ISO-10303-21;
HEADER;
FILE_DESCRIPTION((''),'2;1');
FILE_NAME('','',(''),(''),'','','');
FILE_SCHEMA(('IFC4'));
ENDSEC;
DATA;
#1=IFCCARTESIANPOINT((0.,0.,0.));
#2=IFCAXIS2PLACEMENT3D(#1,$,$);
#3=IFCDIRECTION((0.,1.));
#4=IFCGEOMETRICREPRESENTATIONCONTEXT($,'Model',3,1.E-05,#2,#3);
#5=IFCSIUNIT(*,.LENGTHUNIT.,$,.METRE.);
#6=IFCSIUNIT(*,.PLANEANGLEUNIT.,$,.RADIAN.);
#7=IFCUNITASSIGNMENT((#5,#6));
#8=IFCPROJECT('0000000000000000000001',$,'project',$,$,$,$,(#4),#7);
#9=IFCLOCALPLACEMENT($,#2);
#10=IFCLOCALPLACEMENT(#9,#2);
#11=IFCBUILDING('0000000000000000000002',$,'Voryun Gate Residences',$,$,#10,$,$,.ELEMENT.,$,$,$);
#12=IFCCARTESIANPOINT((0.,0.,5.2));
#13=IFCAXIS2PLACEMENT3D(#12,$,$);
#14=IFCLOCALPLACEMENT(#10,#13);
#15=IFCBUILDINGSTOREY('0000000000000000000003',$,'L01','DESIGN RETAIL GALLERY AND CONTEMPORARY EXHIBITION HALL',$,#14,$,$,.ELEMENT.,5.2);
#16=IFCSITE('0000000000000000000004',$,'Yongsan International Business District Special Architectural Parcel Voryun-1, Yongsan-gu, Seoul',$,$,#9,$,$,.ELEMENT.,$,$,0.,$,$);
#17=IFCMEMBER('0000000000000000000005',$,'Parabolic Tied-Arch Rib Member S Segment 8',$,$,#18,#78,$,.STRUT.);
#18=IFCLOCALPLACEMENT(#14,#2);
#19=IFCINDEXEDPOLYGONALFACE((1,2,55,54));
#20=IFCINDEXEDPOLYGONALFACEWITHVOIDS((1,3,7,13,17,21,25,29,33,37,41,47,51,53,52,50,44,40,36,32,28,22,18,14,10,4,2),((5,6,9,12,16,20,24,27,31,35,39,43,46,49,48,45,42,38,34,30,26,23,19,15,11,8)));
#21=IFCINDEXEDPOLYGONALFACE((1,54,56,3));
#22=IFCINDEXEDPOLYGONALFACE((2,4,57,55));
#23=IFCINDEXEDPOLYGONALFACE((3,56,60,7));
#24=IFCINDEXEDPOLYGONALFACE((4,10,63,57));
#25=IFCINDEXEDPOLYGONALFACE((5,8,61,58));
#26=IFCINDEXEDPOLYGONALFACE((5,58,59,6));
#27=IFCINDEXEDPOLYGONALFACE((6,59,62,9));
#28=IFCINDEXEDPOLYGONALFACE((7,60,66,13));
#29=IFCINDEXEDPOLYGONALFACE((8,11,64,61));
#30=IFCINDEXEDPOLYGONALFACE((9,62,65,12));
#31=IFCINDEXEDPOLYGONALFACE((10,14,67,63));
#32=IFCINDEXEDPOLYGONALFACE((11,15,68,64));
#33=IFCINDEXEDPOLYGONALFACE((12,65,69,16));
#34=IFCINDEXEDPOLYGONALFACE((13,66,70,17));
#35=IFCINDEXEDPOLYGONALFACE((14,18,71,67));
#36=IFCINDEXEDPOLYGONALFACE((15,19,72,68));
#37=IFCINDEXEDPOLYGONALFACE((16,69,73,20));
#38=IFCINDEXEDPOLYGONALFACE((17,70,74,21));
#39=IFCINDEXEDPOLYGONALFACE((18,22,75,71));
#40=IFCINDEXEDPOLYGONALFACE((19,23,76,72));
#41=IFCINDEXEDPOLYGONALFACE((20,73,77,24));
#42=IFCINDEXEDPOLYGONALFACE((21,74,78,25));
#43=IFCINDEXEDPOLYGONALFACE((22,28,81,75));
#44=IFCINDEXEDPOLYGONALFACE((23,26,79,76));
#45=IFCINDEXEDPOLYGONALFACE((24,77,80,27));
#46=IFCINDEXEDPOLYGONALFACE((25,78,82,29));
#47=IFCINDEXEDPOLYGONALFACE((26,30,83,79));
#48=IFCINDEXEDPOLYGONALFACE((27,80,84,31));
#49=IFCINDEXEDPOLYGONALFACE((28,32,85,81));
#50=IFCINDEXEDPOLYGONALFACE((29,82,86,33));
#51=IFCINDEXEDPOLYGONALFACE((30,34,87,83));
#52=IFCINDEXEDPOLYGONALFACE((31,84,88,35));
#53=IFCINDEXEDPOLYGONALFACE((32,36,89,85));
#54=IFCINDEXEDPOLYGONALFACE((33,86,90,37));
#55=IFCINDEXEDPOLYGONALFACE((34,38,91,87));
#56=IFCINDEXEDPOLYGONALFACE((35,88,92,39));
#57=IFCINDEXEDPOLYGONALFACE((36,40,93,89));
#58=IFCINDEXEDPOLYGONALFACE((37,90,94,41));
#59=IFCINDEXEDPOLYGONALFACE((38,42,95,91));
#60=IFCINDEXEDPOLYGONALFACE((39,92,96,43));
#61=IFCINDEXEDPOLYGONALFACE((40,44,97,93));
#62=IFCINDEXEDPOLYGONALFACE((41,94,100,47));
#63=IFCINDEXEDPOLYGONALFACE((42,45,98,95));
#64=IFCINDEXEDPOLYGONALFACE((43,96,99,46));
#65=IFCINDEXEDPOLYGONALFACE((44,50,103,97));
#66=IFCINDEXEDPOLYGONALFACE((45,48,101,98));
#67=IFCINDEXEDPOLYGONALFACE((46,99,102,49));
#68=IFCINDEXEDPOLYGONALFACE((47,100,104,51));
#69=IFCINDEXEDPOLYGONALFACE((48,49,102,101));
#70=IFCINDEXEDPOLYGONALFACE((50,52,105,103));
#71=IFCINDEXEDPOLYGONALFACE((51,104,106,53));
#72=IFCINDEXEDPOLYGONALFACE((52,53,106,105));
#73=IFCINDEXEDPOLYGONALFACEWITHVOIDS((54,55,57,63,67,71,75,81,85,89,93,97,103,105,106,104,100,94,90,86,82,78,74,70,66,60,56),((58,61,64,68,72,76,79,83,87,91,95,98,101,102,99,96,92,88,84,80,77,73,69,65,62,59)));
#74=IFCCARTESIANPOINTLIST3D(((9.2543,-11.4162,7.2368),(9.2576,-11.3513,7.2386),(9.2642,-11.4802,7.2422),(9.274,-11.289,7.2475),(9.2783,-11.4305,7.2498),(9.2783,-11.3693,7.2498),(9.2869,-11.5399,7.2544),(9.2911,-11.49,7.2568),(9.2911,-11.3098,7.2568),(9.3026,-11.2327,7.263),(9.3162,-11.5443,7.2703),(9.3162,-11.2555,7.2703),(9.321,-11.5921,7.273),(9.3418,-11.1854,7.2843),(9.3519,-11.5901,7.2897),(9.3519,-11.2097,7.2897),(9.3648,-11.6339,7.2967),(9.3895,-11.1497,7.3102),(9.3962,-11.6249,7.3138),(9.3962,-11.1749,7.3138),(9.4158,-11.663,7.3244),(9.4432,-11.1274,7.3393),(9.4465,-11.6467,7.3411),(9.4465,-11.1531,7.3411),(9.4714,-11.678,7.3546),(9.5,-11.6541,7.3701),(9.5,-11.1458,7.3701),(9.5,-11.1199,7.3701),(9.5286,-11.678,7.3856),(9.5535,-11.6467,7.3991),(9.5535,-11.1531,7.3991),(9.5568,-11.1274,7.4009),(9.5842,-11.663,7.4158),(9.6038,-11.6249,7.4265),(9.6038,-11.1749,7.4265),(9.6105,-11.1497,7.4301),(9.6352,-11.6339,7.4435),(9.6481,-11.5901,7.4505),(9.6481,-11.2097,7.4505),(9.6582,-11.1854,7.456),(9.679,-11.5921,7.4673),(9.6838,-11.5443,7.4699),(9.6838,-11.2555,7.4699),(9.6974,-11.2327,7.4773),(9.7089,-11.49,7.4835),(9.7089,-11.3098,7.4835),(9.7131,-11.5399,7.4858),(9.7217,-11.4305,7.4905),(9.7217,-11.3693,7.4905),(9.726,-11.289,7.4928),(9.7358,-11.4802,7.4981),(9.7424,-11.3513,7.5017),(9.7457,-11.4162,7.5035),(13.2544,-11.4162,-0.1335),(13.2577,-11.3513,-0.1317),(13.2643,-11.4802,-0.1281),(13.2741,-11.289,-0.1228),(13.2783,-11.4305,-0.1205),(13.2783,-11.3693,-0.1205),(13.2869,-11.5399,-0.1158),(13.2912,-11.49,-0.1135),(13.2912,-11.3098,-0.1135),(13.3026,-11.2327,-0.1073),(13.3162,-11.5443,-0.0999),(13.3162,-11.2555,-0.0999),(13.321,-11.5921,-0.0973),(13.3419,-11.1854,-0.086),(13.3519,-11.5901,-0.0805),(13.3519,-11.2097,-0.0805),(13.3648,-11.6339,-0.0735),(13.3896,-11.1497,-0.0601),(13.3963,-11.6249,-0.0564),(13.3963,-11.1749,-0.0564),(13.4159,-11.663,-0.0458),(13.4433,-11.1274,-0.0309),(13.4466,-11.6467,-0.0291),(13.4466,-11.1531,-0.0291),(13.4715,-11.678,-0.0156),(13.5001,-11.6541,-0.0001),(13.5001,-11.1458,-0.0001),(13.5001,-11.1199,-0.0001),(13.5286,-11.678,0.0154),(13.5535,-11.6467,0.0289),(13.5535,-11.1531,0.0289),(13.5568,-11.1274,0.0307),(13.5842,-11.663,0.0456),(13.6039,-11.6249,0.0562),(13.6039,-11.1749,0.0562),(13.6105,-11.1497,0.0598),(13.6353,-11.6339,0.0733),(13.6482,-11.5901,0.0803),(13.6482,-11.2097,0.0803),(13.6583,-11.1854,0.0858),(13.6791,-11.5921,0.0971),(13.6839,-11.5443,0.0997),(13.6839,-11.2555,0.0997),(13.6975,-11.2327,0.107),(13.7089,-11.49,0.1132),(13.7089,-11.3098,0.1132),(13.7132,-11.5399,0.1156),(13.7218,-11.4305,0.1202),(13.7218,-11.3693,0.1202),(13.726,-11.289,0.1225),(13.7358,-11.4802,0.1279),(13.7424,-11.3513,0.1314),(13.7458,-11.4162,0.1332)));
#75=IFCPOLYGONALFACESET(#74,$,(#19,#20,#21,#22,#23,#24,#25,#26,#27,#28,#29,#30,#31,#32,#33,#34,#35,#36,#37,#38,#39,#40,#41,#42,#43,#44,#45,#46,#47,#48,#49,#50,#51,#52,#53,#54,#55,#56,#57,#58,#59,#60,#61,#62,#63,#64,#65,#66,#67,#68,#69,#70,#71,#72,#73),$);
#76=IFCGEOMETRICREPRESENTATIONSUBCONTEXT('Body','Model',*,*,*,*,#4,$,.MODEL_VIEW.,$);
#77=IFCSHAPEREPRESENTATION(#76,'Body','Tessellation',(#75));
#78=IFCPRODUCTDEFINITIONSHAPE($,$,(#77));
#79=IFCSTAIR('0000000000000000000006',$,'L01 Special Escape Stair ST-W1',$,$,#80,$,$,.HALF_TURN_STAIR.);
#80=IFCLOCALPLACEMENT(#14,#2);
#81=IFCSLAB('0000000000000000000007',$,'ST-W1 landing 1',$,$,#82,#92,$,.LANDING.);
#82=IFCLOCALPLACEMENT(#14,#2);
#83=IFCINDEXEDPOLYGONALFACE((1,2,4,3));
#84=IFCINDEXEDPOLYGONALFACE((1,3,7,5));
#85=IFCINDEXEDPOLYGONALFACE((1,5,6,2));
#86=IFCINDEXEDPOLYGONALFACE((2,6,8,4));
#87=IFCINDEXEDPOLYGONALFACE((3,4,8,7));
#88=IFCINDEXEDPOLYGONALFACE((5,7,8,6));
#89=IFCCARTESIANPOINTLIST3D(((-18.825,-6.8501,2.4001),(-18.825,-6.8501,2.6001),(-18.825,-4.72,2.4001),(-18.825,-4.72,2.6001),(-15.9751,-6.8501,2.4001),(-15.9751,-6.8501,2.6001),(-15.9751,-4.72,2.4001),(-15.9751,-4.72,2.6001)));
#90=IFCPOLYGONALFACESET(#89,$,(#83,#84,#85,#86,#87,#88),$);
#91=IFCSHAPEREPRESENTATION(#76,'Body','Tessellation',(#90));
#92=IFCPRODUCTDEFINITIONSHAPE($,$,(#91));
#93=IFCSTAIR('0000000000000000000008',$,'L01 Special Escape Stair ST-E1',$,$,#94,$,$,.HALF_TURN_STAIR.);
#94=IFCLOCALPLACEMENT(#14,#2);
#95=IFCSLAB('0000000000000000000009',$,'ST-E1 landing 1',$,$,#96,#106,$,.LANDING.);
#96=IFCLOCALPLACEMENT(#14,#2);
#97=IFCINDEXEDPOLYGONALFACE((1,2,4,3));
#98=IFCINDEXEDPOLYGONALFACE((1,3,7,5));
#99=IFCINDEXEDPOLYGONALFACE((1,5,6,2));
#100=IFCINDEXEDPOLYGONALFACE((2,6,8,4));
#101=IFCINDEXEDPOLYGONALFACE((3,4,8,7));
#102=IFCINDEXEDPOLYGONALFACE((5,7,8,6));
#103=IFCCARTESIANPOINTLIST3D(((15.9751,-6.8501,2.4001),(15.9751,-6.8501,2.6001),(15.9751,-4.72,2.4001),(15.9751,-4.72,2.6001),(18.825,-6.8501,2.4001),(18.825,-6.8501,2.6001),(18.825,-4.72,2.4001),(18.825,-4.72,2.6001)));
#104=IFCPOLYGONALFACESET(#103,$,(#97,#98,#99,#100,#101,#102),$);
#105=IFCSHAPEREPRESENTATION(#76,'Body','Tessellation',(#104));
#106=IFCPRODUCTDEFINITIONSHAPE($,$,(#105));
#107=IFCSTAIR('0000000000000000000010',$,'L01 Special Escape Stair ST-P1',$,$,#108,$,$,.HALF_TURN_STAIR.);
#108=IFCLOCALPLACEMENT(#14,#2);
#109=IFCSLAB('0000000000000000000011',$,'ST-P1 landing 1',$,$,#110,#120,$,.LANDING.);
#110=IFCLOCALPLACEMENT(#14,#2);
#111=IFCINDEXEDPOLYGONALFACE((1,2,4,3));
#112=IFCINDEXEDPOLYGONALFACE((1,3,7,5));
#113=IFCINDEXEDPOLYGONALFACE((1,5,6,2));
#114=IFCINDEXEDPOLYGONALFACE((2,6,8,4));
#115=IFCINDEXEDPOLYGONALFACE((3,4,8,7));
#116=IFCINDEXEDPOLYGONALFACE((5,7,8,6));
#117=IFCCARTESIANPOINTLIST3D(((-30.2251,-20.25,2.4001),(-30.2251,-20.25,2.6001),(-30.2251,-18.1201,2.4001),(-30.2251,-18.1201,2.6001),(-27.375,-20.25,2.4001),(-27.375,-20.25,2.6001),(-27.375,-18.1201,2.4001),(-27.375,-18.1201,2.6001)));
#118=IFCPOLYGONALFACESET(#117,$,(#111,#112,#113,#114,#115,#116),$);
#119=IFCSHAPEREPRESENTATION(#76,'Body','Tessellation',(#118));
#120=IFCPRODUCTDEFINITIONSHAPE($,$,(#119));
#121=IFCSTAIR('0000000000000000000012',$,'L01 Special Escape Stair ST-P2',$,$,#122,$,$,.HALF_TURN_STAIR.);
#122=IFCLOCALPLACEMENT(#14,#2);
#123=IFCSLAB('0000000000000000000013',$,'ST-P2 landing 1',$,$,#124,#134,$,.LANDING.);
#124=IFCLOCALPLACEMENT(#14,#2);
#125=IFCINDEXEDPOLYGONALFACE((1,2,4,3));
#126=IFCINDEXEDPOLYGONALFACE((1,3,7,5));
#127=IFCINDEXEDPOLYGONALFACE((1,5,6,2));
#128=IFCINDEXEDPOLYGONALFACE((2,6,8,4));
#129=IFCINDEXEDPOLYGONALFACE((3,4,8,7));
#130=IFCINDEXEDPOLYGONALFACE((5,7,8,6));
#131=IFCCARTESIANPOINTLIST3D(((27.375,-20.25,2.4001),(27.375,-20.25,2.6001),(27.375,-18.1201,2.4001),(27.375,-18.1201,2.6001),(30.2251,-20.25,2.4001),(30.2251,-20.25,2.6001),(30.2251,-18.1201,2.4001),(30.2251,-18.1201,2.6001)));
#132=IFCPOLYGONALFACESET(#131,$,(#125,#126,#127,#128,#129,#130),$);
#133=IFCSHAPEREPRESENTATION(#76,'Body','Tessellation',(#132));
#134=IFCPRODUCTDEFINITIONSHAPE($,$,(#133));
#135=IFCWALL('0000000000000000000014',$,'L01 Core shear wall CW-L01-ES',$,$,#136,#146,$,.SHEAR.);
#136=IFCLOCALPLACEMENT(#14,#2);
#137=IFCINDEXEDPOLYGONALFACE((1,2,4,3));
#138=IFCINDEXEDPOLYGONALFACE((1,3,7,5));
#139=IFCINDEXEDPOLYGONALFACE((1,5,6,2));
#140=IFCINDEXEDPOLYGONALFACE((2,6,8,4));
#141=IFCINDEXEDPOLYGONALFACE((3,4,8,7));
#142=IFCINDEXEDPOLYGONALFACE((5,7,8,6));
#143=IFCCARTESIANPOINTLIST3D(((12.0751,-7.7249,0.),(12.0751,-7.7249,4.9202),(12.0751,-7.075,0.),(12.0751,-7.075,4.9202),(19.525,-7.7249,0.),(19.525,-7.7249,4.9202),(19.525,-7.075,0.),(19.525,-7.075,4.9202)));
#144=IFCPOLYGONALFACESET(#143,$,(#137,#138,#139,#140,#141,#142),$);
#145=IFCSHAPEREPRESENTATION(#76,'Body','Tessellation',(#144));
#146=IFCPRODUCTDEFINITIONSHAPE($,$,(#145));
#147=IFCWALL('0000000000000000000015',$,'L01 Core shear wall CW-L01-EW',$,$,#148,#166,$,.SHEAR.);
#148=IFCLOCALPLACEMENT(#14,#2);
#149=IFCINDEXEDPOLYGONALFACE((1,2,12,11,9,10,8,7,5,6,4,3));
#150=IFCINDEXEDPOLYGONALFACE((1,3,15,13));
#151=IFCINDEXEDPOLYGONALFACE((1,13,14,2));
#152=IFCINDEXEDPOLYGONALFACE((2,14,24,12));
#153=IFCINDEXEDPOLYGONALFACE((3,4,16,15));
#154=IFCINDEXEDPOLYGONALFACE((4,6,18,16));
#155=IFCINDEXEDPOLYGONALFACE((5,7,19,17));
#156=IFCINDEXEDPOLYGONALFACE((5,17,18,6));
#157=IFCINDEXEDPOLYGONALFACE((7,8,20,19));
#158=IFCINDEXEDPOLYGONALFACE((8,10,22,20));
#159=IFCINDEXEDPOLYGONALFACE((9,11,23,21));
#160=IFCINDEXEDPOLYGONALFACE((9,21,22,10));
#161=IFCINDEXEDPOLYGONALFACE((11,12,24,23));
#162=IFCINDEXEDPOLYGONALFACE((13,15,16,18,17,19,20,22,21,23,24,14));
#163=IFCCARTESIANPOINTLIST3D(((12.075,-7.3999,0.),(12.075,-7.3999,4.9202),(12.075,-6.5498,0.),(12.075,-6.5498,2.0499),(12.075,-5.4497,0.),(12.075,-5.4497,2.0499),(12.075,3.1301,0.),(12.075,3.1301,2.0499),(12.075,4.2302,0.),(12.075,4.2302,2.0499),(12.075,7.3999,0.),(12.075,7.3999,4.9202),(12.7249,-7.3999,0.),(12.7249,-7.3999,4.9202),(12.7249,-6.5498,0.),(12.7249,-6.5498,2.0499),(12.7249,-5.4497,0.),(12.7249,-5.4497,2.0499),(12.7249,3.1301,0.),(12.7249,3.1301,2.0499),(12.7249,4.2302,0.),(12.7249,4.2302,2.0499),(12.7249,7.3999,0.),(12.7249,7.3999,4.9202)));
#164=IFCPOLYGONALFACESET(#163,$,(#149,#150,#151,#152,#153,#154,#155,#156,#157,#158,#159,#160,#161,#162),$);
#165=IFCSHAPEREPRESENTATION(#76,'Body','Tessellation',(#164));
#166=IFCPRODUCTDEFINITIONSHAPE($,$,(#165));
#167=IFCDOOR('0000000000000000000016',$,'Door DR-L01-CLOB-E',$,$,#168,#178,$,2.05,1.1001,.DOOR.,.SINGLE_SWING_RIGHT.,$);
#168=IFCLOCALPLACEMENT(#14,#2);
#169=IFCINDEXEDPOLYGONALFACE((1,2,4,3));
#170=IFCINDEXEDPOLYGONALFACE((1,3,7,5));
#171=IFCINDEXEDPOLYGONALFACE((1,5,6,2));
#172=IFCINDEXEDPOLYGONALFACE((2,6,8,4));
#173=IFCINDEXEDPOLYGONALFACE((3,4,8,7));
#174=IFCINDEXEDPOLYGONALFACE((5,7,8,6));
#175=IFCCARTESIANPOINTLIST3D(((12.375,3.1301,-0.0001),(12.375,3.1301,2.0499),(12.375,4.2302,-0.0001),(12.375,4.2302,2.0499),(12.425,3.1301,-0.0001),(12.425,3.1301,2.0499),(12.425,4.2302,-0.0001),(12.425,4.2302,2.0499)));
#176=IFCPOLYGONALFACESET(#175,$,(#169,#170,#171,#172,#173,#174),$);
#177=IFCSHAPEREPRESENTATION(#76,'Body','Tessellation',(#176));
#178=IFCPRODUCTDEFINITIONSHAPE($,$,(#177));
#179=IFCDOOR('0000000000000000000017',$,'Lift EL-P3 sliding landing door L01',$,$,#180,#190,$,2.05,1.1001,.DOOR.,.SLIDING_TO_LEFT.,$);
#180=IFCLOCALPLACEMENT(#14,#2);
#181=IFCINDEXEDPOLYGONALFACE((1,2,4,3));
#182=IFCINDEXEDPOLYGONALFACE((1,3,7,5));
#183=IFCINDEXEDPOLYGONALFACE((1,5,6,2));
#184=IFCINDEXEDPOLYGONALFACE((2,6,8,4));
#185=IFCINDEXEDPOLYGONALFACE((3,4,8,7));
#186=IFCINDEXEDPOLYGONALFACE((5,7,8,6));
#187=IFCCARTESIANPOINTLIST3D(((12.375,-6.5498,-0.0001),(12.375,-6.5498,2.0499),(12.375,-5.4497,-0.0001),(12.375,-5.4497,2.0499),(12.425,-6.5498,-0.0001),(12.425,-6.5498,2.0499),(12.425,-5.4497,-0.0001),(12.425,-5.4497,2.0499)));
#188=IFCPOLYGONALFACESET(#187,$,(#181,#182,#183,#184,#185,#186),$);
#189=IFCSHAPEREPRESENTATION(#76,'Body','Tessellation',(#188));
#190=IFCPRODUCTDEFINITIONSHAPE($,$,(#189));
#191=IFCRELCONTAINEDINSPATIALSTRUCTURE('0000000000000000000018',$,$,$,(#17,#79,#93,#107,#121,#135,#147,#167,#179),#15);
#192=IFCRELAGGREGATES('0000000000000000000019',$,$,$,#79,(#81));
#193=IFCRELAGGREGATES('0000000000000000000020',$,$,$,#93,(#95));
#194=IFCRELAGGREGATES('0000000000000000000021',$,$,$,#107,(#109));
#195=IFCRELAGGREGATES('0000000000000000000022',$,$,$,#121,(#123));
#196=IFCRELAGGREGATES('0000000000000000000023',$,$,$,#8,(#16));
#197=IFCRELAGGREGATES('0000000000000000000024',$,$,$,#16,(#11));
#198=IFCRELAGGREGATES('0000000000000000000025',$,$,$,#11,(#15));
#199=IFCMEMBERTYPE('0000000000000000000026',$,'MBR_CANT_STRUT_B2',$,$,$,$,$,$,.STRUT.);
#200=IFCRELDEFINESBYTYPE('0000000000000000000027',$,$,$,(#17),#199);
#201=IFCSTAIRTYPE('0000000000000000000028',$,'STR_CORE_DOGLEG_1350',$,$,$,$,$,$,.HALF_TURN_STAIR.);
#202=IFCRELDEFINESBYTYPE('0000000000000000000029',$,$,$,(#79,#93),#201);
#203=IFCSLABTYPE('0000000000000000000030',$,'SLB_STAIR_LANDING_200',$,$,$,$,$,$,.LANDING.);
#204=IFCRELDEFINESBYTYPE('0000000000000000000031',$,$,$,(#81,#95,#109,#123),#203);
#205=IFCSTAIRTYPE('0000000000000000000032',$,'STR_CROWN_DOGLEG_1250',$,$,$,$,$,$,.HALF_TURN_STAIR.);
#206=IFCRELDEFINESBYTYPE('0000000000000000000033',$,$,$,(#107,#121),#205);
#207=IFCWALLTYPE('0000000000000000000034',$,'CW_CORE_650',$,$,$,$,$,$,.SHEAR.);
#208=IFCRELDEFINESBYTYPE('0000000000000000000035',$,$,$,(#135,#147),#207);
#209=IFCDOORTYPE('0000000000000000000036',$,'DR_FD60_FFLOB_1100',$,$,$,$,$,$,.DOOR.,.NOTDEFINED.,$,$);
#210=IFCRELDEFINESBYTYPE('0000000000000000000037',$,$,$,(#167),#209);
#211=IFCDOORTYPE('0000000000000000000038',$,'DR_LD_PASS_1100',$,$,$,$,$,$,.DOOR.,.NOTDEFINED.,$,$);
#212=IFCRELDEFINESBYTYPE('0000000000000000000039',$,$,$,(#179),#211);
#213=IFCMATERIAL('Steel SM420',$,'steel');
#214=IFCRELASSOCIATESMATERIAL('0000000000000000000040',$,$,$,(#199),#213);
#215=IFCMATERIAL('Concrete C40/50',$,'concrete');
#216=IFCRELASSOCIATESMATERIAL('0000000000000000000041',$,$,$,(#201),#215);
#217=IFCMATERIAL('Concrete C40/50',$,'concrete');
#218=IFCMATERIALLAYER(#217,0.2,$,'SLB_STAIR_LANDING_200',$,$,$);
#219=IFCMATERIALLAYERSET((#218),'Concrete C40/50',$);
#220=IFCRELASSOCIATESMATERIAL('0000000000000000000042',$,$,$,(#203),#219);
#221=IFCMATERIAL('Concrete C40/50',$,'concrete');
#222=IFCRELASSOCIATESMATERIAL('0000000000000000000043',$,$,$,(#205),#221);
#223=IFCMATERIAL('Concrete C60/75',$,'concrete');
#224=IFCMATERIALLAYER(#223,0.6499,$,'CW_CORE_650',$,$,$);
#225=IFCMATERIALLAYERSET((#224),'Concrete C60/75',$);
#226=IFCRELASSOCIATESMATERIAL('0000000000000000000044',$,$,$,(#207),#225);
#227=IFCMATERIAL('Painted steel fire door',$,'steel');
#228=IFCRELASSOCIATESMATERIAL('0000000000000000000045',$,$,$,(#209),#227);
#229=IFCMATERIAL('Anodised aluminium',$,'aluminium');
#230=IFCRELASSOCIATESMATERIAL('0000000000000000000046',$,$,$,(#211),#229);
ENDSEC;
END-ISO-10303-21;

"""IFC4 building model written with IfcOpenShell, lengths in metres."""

from ifc_helpers import new_model, si_unit, direction, frame, frame_2d, origin, origin_2d, place, context, subcontext, project, spatial, polyline, rectangle, hollow_circle, outline, extrude, material, layer, layer_set, material_profile, profile_set, type_object, element, fill, aggregate, save


model = new_model("IFC4")

# Units and contexts
model_context = context("Model", 3, precision=1e-05, world=origin(), true_north=direction((0.0, 1.0)))
body_context = subcontext(model_context, "Body", "Model", "MODEL_VIEW")
ifc_project = project(units=[si_unit("LENGTHUNIT", "METRE"), si_unit("PLANEANGLEUNIT", "RADIAN")], contexts=[model_context])

# Site, building, storey
site_placement = place(None, origin())
site = spatial("IfcSite", under=ifc_project, at=site_placement, Name="Yongsan International Business District Special Architectural Parcel Voryun-1, Yongsan-gu, Seoul", CompositionType="ELEMENT", RefElevation=0.0)
building_placement = place(site_placement, origin())
building = spatial("IfcBuilding", under=site, at=building_placement, Name="Voryun Gate Residences", CompositionType="ELEMENT")
storey_placement = place(building_placement, frame((0.0, 0.0, 5.2)))
storey = spatial("IfcBuildingStorey", under=building, at=storey_placement, Name="L01", Description="DESIGN RETAIL GALLERY AND CONTEMPORARY EXHIBITION HALL", CompositionType="ELEMENT", Elevation=5.2)

# Member
ifc_material_1 = material(Name="Steel SM420", Category="steel")
ifc_material_profile_1 = material_profile(ifc_material_1, hollow_circle(Radius=0.28, WallThickness=0.0259, at=origin_2d()), Name="CHS-560x26")
ifc_profile_set_1 = profile_set([ifc_material_profile_1], Name="Steel SM420")
member_type = type_object("IfcMemberType", Name="MBR_CANT_STRUT_B2", PredefinedType="STRUT", material=ifc_profile_set_1)
member_placement = place(storey_placement, frame((9.5, -11.3999, 7.3701), z_axis=(0.477007, 0.0, -0.878899), x_axis=(0.0, 1.0, 0.0)))
element("IfcMember", 1, at=member_placement, inside=storey, type_object=member_type, Name="Parabolic Tied-Arch Rib Member S Segment 8", PredefinedType="STRUT", context=body_context, shape_type="SweptSolid", body=[
    extrude(hollow_circle(Radius=0.28, WallThickness=0.0259, at=origin_2d()), origin(), (0.0, 0.0, 1.0), 8.3857),
])

# Stairs, slabs
ifc_material_2 = material(Name="Concrete C40/50", Category="concrete")
stair_type_1 = type_object("IfcStairType", Name="STR_CORE_DOGLEG_1350", PredefinedType="HALF_TURN_STAIR", material=ifc_material_2)
stair_1_placement = place(storey_placement, origin())
stair_1 = element("IfcStair", 2, at=stair_1_placement, inside=storey, type_object=stair_type_1, Name="L01 Special Escape Stair ST-W1", PredefinedType="HALF_TURN_STAIR")
ifc_material_3 = material(Name="Concrete C40/50", Category="concrete")
ifc_layer_1 = layer(ifc_material_3, 0.2, Name="SLB_STAIR_LANDING_200")
ifc_layer_set_1 = layer_set([ifc_layer_1], Name="Concrete C40/50")
slab_type = type_object("IfcSlabType", Name="SLB_STAIR_LANDING_200", PredefinedType="LANDING", material=ifc_layer_set_1)
slab_1_placement = place(storey_placement, frame((0.0, 0.0, 2.4001)))
slab_1 = element("IfcSlab", 3, at=slab_1_placement, type_object=slab_type, Name="ST-W1 landing 1", PredefinedType="LANDING", context=body_context, shape_type="SweptSolid", body=[
    extrude(outline(polyline([(-18.825, -4.72), (-18.825, -6.8501), (-15.9751, -6.8501), (-15.9751, -4.72), (-18.825, -4.72)])), origin(), (0.0, 0.0, 1.0), 0.2),
])
aggregate(stair_1, [slab_1])
stair_2_placement = place(storey_placement, origin())
stair_2 = element("IfcStair", 4, at=stair_2_placement, inside=storey, type_object=stair_type_1, Name="L01 Special Escape Stair ST-E1", PredefinedType="HALF_TURN_STAIR")
slab_2_placement = place(storey_placement, frame((0.0, 0.0, 2.4001)))
slab_2 = element("IfcSlab", 5, at=slab_2_placement, type_object=slab_type, Name="ST-E1 landing 1", PredefinedType="LANDING", context=body_context, shape_type="SweptSolid", body=[
    extrude(outline(polyline([(15.9751, -4.72), (15.9751, -6.8501), (18.825, -6.8501), (18.825, -4.72), (15.9751, -4.72)])), origin(), (0.0, 0.0, 1.0), 0.2),
])
aggregate(stair_2, [slab_2])
ifc_material_4 = material(Name="Concrete C40/50", Category="concrete")
stair_type_2 = type_object("IfcStairType", Name="STR_CROWN_DOGLEG_1250", PredefinedType="HALF_TURN_STAIR", material=ifc_material_4)
stair_3_placement = place(storey_placement, origin())
stair_3 = element("IfcStair", 6, at=stair_3_placement, inside=storey, type_object=stair_type_2, Name="L01 Special Escape Stair ST-P1", PredefinedType="HALF_TURN_STAIR")
slab_3_placement = place(storey_placement, frame((0.0, 0.0, 2.4001)))
slab_3 = element("IfcSlab", 7, at=slab_3_placement, type_object=slab_type, Name="ST-P1 landing 1", PredefinedType="LANDING", context=body_context, shape_type="SweptSolid", body=[
    extrude(outline(polyline([(-30.2251, -18.1201), (-30.2251, -20.25), (-27.375, -20.25), (-27.375, -18.1201), (-30.2251, -18.1201)])), origin(), (0.0, 0.0, 1.0), 0.2),
])
aggregate(stair_3, [slab_3])
stair_4_placement = place(storey_placement, origin())
stair_4 = element("IfcStair", 8, at=stair_4_placement, inside=storey, type_object=stair_type_2, Name="L01 Special Escape Stair ST-P2", PredefinedType="HALF_TURN_STAIR")
slab_4_placement = place(storey_placement, frame((0.0, 0.0, 2.4001)))
slab_4 = element("IfcSlab", 9, at=slab_4_placement, type_object=slab_type, Name="ST-P2 landing 1", PredefinedType="LANDING", context=body_context, shape_type="SweptSolid", body=[
    extrude(outline(polyline([(27.375, -18.1201), (27.375, -20.25), (30.2251, -20.25), (30.2251, -18.1201), (27.375, -18.1201)])), origin(), (0.0, 0.0, 1.0), 0.2),
])
aggregate(stair_4, [slab_4])

# Wall
ifc_material_5 = material(Name="Concrete C60/75", Category="concrete")
ifc_layer_2 = layer(ifc_material_5, 0.6499, Name="CW_CORE_650")
ifc_layer_set_2 = layer_set([ifc_layer_2], Name="Concrete C60/75")
wall_type_1 = type_object("IfcWallType", Name="CW_CORE_650", PredefinedType="SHEAR", material=ifc_layer_set_2)
wall_1_placement = place(storey_placement, frame((12.075, -7.3999, 0.0), z_axis=(0.0, 0.0, 1.0), x_axis=(1.0, 0.0, 0.0)))
element("IfcWall", 10, at=wall_1_placement, inside=storey, type_object=wall_type_1, Name="L01 Core shear wall CW-L01-ES", PredefinedType="SHEAR", context=body_context, shape_type="SweptSolid", body=[
    extrude(rectangle(XDim=7.45, YDim=0.6499, at=frame_2d((3.7251, 0.0))), origin(), (0.0, 0.0, 1.0), 4.9202),
])

# Wall, openings, doors
wall_2_placement = place(storey_placement, frame((12.3999, -7.3999, 0.0), z_axis=(0.0, 0.0, 1.0), x_axis=(0.0, 1.0, 0.0)))
wall_2 = element("IfcWall", 11, at=wall_2_placement, inside=storey, type_object=wall_type_1, Name="L01 Core shear wall CW-L01-EW", PredefinedType="SHEAR", context=body_context, shape_type="SweptSolid", body=[
    extrude(rectangle(XDim=14.7998, YDim=0.6499, at=frame_2d((7.3999, 0.0))), origin(), (0.0, 0.0, 1.0), 4.9202),
])
opening_1_placement = place(wall_2_placement, frame((0.8501, 0.0, 0.0)))
opening_1 = element("IfcOpeningElement", 12, at=opening_1_placement, cuts=wall_2, PredefinedType="OPENING", context=body_context, shape_type="SweptSolid", body=[
    extrude(rectangle(XDim=1.1001, YDim=2.05, at=frame_2d((0.55, 1.0249))), frame((0.0, 0.335, 0.0), z_axis=(0.0, -1.0, 0.0), x_axis=(1.0, 0.0, 0.0)), (0.0, 0.0, 1.0), 0.6699),
])
opening_2_placement = place(wall_2_placement, frame((10.53, 0.0, 0.0)))
opening_2 = element("IfcOpeningElement", 13, at=opening_2_placement, cuts=wall_2, PredefinedType="OPENING", context=body_context, shape_type="SweptSolid", body=[
    extrude(rectangle(XDim=1.1001, YDim=2.05, at=frame_2d((0.55, 1.0249))), frame((0.0, 0.335, 0.0), z_axis=(0.0, -1.0, 0.0), x_axis=(1.0, 0.0, 0.0)), (0.0, 0.0, 1.0), 0.6699),
])
ifc_material_6 = material(Name="Painted steel fire door", Category="steel")
door_type_1 = type_object("IfcDoorType", Name="DR_FD60_FFLOB_1100", OperationType="NOTDEFINED", PredefinedType="DOOR", material=ifc_material_6)
door_1_placement = place(opening_2_placement, origin())
door_1 = element("IfcDoor", 14, at=door_1_placement, inside=storey, type_object=door_type_1, Name="Door DR-L01-CLOB-E", OperationType="SINGLE_SWING_RIGHT", OverallHeight=2.05, OverallWidth=1.1001, PredefinedType="DOOR", context=body_context, shape_type="SweptSolid", body=[
    extrude(rectangle(XDim=1.1001, YDim=2.05, at=frame_2d((0.55, 1.0249))), frame((0.0, 0.0249, 0.0), z_axis=(0.0, -1.0, 0.0), x_axis=(1.0, 0.0, 0.0)), (0.0, 0.0, 1.0), 0.05),
])
fill(opening_2, door_1)
ifc_material_7 = material(Name="Anodised aluminium", Category="aluminium")
door_type_2 = type_object("IfcDoorType", Name="DR_LD_PASS_1100", OperationType="NOTDEFINED", PredefinedType="DOOR", material=ifc_material_7)
door_2_placement = place(opening_1_placement, origin())
door_2 = element("IfcDoor", 15, at=door_2_placement, inside=storey, type_object=door_type_2, Name="Lift EL-P3 sliding landing door L01", OperationType="SLIDING_TO_LEFT", OverallHeight=2.05, OverallWidth=1.1001, PredefinedType="DOOR", context=body_context, shape_type="SweptSolid", body=[
    extrude(rectangle(XDim=1.1001, YDim=2.05, at=frame_2d((0.55, 1.0249))), frame((0.0, 0.0249, 0.0), z_axis=(0.0, -1.0, 0.0), x_axis=(1.0, 0.0, 0.0)), (0.0, 0.0, 1.0), 0.05),
])
fill(opening_1, door_2)

save(model, "model.ifc")
